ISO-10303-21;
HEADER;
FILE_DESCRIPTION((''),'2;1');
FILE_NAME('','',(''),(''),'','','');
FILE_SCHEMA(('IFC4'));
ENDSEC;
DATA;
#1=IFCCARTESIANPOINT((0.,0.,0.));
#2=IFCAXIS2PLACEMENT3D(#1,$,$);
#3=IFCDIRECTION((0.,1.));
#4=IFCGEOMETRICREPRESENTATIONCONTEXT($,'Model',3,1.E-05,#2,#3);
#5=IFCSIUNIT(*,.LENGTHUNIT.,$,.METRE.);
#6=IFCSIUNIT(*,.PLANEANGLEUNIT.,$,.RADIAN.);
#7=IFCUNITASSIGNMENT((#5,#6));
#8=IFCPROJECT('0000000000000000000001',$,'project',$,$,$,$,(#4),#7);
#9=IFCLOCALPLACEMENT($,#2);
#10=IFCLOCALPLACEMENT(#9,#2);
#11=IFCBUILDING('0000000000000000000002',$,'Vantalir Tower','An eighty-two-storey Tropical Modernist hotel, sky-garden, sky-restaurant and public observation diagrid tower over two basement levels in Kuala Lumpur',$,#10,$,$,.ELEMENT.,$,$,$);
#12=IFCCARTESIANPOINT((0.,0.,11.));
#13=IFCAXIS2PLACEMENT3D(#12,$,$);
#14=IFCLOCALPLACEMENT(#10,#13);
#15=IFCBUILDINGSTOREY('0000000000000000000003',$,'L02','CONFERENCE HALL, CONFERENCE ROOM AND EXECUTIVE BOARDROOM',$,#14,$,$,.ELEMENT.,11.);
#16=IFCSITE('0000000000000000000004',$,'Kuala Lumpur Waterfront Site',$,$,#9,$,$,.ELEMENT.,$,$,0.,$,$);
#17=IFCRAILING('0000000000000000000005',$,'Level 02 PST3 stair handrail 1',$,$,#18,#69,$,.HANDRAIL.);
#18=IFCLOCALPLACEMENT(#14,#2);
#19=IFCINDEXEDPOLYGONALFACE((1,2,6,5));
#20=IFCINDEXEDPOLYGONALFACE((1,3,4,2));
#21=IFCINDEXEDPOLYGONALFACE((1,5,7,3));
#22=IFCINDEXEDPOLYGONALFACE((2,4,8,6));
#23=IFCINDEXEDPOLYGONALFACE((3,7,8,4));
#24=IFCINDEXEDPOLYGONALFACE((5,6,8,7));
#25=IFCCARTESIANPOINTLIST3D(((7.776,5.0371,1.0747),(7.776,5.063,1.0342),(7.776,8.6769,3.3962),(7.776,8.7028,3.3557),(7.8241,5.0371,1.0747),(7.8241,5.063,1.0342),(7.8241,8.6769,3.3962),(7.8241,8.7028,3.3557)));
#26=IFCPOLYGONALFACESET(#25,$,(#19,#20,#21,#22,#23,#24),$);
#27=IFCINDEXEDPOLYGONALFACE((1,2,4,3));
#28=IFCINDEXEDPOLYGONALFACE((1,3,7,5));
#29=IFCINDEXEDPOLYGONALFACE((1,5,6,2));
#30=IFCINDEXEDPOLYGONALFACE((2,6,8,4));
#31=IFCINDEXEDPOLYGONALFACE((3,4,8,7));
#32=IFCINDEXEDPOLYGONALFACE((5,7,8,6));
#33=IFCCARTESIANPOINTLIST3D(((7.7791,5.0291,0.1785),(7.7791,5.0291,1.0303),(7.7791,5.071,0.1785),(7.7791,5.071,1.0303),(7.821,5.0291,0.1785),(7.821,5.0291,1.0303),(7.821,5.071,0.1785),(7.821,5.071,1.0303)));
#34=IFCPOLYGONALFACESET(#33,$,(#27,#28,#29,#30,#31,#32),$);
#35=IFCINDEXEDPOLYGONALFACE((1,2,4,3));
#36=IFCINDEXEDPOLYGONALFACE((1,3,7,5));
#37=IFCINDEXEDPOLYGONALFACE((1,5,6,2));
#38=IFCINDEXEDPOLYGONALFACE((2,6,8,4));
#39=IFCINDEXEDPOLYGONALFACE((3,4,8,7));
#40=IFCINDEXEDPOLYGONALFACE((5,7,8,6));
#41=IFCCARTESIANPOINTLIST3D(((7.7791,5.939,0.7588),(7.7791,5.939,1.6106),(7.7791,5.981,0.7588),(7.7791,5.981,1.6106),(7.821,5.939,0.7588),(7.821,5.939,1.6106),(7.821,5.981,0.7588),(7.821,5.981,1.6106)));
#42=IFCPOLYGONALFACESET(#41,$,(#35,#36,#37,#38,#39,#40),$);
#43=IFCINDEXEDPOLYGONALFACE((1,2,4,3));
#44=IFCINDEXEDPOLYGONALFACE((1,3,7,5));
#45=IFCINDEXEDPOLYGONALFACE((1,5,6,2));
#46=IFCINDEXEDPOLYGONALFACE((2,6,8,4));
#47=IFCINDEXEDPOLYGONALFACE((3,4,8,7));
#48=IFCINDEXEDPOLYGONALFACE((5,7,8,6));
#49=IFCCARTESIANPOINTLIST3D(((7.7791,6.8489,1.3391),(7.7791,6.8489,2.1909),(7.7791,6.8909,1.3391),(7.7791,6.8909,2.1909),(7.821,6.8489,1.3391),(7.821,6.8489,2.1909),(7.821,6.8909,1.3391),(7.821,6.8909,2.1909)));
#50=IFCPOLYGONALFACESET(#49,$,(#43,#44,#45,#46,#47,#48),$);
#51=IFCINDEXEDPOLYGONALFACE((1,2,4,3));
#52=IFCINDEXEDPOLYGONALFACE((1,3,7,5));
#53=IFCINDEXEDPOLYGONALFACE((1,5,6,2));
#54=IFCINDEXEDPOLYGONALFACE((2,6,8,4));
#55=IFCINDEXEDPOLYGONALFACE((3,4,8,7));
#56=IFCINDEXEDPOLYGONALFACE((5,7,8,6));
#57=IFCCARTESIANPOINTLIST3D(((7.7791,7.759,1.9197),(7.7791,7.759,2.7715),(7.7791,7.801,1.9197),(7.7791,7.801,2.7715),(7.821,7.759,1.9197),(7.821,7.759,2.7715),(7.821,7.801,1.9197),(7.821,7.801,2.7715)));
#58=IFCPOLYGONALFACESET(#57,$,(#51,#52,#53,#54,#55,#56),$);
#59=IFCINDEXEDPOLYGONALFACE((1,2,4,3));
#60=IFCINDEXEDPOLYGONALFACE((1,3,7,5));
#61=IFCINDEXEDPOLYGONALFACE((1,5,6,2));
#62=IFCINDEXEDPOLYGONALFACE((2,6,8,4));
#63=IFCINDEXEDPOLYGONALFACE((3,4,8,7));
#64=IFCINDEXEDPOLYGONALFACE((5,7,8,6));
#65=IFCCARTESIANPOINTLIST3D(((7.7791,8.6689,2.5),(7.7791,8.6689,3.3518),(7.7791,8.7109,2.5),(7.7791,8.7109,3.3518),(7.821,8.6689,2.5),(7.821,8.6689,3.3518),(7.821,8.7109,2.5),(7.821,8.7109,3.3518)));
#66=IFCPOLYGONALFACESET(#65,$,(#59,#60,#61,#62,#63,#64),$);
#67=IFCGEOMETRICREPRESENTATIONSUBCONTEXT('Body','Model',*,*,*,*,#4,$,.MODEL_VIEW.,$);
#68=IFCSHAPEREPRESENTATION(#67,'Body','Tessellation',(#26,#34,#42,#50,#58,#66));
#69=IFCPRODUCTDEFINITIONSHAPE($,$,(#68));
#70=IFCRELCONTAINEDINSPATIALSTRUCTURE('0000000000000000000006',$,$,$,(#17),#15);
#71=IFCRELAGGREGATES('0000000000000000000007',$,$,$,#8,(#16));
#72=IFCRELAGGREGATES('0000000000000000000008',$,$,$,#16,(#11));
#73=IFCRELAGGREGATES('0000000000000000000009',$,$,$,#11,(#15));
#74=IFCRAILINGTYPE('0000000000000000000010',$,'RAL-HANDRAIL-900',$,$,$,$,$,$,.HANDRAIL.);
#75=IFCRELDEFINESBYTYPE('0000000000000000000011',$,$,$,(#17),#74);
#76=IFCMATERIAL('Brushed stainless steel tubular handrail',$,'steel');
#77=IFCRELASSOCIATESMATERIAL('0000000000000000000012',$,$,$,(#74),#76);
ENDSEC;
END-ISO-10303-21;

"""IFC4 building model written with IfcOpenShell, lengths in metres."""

from ifc_helpers import new_model, si_unit, direction, frame, origin, origin_2d, place, context, subcontext, project, spatial, rectangle, extrude, material, type_object, element, save


model = new_model("IFC4")

# Units and contexts
model_context = context("Model", 3, precision=1e-05, world=origin(), true_north=direction((0.0, 1.0)))
body_context = subcontext(model_context, "Body", "Model", "MODEL_VIEW")
ifc_project = project(units=[si_unit("LENGTHUNIT", "METRE"), si_unit("PLANEANGLEUNIT", "RADIAN")], contexts=[model_context])

# Site, building, storey
site_placement = place(None, origin())
site = spatial("IfcSite", under=ifc_project, at=site_placement, Name="Kuala Lumpur Waterfront Site", CompositionType="ELEMENT", RefElevation=0.0)
building_placement = place(site_placement, origin())
building = spatial("IfcBuilding", under=site, at=building_placement, Name="Vantalir Tower", Description="An eighty-two-storey Tropical Modernist hotel, sky-garden, sky-restaurant and public observation diagrid tower over two basement levels in Kuala Lumpur", CompositionType="ELEMENT")
storey_placement = place(building_placement, frame((0.0, 0.0, 11.0)))
storey = spatial("IfcBuildingStorey", under=building, at=storey_placement, Name="L02", Description="CONFERENCE HALL, CONFERENCE ROOM AND EXECUTIVE BOARDROOM", CompositionType="ELEMENT", Elevation=11.0)

# Railing
ifc_material_1 = material(Name="Brushed stainless steel tubular handrail", Category="steel")
railing_type_1 = type_object("IfcRailingType", Name="RAL-HANDRAIL-900", PredefinedType="HANDRAIL", material=ifc_material_1)
railing_1_placement = place(storey_placement, frame((7.8, 5.05, 0.1785)))
element("IfcRailing", 1, at=railing_1_placement, inside=storey, type_object=railing_type_1, Name="Level 02 PST3 stair handrail 1", PredefinedType="HANDRAIL", context=body_context, shape_type="SweptSolid", body=[
    extrude(rectangle(XDim=0.0481, YDim=0.0481, at=origin_2d()), frame((0.0, 0.0, 0.876), z_axis=(0.0, 0.843112, 0.537739), x_axis=(-1.0, 0.0, 0.0)), (0.0, 0.0, 1.0), 4.3171),
    extrude(rectangle(XDim=0.042, YDim=0.042, at=origin_2d()), origin(), (0.0, 0.0, 1.0), 0.8518),
    extrude(rectangle(XDim=0.042, YDim=0.042, at=origin_2d()), frame((0.0, 0.9099, 0.5803)), (0.0, 0.0, 1.0), 0.8518),
    extrude(rectangle(XDim=0.042, YDim=0.042, at=origin_2d()), frame((0.0, 1.8198, 1.1606)), (0.0, 0.0, 1.0), 0.8518),
    extrude(rectangle(XDim=0.042, YDim=0.042, at=origin_2d()), frame((0.0, 2.73, 1.7412)), (0.0, 0.0, 1.0), 0.8518),
    extrude(rectangle(XDim=0.042, YDim=0.042, at=origin_2d()), frame((0.0, 3.6399, 2.3215)), (0.0, 0.0, 1.0), 0.8518),
])

save(model, "model.ifc")
